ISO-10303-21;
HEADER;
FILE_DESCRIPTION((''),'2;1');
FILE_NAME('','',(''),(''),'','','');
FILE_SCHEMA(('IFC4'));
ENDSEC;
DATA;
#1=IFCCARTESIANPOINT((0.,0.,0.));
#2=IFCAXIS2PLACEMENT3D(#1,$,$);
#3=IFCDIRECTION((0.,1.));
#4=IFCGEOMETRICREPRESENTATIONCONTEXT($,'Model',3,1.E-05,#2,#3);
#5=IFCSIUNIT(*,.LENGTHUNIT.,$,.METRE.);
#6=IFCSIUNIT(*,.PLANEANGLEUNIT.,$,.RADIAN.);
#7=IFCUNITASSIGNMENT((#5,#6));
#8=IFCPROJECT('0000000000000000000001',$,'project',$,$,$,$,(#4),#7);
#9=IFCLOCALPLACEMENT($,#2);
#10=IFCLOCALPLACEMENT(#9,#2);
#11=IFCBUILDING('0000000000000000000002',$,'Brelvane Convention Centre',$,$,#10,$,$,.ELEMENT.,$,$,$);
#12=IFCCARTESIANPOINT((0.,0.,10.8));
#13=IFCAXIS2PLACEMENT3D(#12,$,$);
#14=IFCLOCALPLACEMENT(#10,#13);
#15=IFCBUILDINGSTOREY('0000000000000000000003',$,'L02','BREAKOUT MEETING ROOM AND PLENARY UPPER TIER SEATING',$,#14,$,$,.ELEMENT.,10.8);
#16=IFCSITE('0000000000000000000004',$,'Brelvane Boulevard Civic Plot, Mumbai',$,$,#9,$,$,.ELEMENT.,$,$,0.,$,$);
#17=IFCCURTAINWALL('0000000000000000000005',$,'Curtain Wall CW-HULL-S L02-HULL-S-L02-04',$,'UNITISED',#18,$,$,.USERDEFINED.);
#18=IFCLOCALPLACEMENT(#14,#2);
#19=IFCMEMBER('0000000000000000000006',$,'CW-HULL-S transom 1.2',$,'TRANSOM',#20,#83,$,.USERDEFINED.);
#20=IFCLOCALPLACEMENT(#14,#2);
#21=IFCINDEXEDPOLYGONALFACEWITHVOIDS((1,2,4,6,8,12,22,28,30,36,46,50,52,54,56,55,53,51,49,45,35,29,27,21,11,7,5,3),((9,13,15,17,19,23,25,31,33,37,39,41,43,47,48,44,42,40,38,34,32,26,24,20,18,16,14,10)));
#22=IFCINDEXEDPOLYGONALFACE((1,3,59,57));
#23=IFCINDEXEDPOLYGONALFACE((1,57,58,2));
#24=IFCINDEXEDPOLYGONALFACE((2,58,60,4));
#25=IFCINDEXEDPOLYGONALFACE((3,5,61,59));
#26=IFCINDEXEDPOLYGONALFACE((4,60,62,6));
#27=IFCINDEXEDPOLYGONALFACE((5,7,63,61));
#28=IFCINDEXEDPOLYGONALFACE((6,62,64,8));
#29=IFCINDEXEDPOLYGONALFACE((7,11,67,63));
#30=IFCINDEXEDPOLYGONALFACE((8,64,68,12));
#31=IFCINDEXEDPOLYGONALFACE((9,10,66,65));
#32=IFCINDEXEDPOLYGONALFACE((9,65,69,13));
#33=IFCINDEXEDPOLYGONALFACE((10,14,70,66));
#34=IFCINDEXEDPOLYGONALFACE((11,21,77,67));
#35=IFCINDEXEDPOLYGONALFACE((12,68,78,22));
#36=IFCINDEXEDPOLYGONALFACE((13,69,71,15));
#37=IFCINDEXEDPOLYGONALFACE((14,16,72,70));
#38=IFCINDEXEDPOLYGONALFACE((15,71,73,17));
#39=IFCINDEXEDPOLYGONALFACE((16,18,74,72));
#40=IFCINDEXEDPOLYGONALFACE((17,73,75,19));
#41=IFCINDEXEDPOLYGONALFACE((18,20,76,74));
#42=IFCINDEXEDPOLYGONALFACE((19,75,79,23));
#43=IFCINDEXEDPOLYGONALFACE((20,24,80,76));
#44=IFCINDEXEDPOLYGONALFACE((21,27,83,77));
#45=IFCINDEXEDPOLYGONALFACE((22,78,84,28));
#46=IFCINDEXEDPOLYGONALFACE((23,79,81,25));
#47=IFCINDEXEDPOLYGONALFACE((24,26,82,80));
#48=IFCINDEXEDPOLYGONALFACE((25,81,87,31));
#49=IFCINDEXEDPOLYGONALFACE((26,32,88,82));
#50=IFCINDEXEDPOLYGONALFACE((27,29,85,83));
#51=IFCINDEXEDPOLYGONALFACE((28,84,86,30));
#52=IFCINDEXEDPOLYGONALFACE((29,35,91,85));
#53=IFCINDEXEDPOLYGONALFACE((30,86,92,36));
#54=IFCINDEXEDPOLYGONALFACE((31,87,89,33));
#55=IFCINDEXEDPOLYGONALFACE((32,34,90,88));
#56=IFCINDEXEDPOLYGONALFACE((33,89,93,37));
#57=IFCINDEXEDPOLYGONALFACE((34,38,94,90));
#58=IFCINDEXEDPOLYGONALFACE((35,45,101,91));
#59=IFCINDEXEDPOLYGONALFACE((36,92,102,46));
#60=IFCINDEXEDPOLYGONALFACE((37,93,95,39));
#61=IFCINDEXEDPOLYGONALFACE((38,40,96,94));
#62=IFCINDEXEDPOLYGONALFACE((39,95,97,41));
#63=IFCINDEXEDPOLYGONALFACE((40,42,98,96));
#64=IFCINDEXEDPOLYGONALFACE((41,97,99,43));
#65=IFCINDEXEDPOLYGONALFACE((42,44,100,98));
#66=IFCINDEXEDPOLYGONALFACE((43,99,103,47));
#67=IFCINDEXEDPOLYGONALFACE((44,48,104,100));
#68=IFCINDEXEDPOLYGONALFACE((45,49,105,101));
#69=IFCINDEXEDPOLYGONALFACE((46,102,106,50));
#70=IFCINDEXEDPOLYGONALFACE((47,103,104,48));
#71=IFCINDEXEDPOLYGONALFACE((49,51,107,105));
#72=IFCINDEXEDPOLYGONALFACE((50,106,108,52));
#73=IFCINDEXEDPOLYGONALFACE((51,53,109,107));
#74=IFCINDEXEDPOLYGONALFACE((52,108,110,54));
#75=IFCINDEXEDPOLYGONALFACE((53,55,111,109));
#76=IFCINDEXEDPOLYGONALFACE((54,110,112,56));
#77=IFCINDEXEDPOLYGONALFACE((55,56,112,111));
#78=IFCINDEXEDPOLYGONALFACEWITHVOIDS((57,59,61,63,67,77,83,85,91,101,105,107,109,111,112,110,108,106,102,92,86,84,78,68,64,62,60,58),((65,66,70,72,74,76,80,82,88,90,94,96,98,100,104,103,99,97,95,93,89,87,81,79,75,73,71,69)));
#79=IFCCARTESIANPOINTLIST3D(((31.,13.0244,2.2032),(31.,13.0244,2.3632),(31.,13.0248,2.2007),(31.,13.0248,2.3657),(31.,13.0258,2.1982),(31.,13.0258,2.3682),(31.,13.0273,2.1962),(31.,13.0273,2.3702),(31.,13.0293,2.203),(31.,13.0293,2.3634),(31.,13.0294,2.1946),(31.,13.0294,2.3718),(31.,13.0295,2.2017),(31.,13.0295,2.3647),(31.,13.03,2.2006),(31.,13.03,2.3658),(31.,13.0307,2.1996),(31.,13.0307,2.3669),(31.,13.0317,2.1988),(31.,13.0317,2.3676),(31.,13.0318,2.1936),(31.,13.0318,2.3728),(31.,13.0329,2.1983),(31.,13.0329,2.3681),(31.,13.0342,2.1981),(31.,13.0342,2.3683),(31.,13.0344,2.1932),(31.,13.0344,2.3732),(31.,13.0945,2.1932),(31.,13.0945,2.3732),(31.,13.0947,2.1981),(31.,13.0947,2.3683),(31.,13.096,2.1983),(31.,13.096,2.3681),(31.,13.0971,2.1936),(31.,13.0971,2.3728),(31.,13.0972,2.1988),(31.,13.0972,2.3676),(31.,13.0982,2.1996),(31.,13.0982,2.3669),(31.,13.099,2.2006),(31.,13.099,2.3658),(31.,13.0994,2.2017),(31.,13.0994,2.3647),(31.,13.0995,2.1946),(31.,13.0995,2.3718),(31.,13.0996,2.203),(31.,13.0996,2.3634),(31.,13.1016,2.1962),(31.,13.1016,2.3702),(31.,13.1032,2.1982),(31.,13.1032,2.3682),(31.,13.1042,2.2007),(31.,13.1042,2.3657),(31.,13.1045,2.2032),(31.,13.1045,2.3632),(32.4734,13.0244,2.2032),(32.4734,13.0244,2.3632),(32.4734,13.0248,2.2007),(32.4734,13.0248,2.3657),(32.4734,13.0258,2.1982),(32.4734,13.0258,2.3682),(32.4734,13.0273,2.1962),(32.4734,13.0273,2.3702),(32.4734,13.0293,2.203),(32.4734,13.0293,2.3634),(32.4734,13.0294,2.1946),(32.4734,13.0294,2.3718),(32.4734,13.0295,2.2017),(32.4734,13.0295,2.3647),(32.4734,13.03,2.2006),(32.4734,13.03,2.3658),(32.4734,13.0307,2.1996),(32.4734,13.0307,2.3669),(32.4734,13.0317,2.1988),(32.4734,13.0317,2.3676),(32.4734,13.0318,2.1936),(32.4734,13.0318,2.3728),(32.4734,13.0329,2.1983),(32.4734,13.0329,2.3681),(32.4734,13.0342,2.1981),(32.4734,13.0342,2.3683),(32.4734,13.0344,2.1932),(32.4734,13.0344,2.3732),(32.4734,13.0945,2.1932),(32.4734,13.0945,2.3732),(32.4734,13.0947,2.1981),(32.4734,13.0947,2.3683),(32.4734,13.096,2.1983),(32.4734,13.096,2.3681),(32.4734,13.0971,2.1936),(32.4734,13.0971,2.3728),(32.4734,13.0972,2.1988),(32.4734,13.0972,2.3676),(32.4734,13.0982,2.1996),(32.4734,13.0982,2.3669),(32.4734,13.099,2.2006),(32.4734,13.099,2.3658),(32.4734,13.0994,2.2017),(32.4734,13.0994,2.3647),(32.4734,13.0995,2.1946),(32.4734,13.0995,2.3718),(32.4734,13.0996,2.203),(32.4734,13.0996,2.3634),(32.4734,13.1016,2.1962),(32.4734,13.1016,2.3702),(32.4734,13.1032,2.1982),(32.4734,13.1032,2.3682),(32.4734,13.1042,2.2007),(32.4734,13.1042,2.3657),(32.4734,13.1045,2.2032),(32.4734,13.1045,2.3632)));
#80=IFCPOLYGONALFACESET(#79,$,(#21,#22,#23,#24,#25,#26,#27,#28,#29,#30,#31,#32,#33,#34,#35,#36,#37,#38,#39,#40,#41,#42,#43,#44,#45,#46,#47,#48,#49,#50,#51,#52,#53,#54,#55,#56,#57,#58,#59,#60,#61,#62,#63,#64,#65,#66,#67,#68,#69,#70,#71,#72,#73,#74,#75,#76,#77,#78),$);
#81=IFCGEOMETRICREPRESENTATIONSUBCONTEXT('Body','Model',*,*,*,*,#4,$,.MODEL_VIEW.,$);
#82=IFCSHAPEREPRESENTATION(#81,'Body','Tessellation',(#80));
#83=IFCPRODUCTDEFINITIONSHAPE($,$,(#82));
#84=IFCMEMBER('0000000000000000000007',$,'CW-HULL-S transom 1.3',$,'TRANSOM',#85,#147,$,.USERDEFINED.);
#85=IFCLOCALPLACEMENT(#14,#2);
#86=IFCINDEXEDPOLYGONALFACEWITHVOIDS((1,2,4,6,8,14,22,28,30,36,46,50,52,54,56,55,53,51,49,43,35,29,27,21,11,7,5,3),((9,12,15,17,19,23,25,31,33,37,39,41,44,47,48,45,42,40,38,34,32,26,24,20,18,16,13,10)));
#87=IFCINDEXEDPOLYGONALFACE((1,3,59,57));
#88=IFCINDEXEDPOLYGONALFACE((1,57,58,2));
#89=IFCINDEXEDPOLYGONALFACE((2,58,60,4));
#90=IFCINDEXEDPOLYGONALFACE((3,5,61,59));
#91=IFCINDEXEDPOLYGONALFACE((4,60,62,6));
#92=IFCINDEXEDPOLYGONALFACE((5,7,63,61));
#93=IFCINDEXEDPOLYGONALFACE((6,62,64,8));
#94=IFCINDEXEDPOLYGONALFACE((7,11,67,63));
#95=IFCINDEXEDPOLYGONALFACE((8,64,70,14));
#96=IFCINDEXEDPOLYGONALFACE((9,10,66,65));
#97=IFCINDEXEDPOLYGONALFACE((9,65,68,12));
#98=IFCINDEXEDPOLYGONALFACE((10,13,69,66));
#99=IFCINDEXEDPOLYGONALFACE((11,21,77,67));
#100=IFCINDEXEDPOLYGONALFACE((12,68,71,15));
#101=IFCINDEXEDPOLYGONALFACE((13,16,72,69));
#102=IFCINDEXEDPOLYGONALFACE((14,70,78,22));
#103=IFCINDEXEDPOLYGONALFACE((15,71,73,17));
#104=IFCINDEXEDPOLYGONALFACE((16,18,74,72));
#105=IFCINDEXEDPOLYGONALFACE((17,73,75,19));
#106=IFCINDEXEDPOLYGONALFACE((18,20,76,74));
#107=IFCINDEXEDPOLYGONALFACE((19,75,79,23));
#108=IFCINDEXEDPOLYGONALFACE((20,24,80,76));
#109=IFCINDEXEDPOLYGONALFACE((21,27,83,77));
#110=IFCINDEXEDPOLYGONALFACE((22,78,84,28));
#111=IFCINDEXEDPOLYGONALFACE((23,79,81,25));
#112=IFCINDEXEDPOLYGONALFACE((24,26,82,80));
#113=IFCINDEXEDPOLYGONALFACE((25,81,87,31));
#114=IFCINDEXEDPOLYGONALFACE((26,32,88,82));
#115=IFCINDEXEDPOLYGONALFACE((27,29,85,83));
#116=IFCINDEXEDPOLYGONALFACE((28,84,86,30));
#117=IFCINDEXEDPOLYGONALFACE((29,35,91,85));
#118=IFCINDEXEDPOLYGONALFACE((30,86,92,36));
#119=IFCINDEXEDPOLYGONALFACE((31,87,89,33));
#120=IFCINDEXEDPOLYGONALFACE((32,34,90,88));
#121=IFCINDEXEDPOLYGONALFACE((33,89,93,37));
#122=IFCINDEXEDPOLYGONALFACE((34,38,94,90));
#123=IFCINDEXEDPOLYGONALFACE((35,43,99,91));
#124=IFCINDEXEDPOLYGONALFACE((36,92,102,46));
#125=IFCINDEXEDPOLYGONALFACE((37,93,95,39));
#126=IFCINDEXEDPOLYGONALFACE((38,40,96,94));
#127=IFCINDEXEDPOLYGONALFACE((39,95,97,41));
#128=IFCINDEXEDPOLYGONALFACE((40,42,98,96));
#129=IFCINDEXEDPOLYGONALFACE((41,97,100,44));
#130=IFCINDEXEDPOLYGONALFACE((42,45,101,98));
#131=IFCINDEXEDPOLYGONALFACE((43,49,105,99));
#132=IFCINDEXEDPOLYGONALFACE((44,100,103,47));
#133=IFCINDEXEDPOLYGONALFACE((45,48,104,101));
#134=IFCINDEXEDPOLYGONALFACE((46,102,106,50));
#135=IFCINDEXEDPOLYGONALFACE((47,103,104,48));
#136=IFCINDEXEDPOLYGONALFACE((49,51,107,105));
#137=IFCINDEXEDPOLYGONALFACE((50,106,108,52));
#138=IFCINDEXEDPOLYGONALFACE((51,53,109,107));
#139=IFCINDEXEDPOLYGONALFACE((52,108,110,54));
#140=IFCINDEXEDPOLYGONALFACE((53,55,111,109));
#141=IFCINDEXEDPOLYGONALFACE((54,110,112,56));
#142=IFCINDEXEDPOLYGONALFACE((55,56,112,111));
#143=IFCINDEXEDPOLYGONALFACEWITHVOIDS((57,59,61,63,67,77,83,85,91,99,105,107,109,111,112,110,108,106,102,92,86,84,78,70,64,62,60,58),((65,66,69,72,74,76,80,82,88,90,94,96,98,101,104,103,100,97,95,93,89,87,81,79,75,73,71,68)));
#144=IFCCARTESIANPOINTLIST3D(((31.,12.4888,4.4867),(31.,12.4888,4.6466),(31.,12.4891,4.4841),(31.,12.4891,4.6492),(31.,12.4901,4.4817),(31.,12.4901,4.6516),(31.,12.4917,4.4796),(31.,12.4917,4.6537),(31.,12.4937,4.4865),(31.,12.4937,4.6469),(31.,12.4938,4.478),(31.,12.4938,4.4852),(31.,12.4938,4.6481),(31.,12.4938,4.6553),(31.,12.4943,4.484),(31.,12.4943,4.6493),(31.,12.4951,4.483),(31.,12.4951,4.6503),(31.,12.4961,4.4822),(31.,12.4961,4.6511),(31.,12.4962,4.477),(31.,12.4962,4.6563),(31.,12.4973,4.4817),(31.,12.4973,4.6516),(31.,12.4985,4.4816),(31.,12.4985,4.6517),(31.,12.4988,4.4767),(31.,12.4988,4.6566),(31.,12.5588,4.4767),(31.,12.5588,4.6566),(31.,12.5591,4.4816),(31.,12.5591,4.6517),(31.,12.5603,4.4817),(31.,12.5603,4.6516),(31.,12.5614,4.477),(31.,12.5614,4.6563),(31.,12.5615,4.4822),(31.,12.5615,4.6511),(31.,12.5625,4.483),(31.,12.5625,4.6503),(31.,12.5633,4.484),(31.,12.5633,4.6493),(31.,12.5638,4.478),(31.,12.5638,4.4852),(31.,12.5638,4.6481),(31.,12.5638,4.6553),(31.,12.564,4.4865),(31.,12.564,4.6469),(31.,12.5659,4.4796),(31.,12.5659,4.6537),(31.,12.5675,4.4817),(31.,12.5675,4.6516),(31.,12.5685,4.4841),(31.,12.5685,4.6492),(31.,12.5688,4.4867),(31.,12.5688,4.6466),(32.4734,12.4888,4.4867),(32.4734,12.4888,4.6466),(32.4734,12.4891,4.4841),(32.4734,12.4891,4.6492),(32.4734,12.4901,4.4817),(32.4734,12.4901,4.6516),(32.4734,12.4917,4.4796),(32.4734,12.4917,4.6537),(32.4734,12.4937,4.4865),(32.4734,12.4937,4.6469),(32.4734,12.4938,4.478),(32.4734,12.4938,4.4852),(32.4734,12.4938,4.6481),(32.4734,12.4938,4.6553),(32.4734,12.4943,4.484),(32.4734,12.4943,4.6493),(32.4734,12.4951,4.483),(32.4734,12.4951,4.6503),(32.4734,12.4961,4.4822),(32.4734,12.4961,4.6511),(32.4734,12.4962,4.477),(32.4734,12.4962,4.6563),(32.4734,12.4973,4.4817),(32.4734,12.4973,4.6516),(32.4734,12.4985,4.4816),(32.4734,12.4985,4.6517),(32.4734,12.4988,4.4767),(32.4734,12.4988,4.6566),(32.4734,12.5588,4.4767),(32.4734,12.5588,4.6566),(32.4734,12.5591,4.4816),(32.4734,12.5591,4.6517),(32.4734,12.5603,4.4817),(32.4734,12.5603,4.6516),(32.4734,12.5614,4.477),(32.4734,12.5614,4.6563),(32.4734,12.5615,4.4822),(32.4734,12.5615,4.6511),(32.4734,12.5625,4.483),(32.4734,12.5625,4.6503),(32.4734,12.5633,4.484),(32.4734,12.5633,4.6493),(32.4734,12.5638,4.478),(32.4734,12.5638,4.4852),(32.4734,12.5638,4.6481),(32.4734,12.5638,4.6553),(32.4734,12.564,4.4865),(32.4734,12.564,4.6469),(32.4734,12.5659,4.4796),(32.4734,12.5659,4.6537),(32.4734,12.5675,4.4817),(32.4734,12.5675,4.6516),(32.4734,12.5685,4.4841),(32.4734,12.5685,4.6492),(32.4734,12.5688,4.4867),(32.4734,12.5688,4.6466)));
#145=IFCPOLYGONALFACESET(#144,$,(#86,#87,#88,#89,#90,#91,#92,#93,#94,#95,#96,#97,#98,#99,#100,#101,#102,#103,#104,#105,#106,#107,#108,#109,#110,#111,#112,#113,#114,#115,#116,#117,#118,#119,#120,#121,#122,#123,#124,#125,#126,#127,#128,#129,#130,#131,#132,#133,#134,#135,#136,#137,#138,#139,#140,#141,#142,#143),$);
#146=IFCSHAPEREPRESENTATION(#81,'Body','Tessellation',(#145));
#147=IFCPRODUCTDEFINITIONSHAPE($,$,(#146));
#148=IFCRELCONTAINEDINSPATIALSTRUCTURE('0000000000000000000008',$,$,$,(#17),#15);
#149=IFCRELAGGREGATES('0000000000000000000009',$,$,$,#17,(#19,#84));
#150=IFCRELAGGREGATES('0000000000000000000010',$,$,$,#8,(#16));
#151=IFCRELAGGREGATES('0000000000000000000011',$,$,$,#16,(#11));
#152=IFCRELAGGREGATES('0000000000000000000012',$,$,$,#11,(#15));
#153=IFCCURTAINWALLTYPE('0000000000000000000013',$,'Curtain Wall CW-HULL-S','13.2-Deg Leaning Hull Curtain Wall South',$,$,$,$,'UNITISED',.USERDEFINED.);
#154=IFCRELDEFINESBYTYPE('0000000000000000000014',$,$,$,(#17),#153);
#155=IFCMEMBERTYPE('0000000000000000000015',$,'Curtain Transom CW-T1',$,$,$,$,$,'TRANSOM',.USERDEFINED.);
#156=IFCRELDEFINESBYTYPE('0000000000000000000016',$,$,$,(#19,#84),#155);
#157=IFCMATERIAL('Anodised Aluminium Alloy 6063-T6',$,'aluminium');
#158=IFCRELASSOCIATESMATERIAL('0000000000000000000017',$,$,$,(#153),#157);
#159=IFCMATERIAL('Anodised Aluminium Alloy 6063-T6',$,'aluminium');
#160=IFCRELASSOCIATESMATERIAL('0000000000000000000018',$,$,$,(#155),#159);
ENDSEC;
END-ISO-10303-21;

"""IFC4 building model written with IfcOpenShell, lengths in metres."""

from ifc_helpers import new_model, si_unit, direction, frame, origin, origin_2d, place, context, subcontext, project, spatial, hollow_rectangle, extrude, material, material_profile, profile_set, type_object, element, aggregate, save


model = new_model("IFC4")

# Units and contexts
model_context = context("Model", 3, precision=1e-05, world=origin(), true_north=direction((0.0, 1.0)))
body_context = subcontext(model_context, "Body", "Model", "MODEL_VIEW")
ifc_project = project(units=[si_unit("LENGTHUNIT", "METRE"), si_unit("PLANEANGLEUNIT", "RADIAN")], contexts=[model_context])

# Site, building, storey
site_placement = place(None, origin())
site = spatial("IfcSite", under=ifc_project, at=site_placement, Name="Brelvane Boulevard Civic Plot, Mumbai", CompositionType="ELEMENT", RefElevation=0.0)
building_placement = place(site_placement, origin())
building = spatial("IfcBuilding", under=site, at=building_placement, Name="Brelvane Convention Centre", CompositionType="ELEMENT")
storey_placement = place(building_placement, frame((0.0, 0.0, 10.8)))
storey = spatial("IfcBuildingStorey", under=building, at=storey_placement, Name="L02", Description="BREAKOUT MEETING ROOM AND PLENARY UPPER TIER SEATING", CompositionType="ELEMENT", Elevation=10.8)

# Curtain wall, members
ifc_material_1 = material(Name="Anodised Aluminium Alloy 6063-T6", Category="aluminium")
curtain_wall_type = type_object("IfcCurtainWallType", Name="Curtain Wall CW-HULL-S", Description="13.2-Deg Leaning Hull Curtain Wall South", ElementType="UNITISED", PredefinedType="USERDEFINED", material=ifc_material_1)
curtain_wall_placement = place(storey_placement, origin())
curtain_wall = element("IfcCurtainWall", 1, at=curtain_wall_placement, inside=storey, type_object=curtain_wall_type, Name="Curtain Wall CW-HULL-S L02-HULL-S-L02-04", ObjectType="UNITISED", PredefinedType="USERDEFINED")
ifc_material_2 = material(Name="Anodised Aluminium Alloy 6063-T6", Category="aluminium")
ifc_material_profile = material_profile(ifc_material_2, hollow_rectangle(XDim=0.0801, YDim=0.1799, WallThickness=0.0049, InnerFilletRadius=0.0049, OuterFilletRadius=0.01, at=origin_2d()), Name="ALU-T 180x80x5.0")
ifc_profile_set = profile_set([ifc_material_profile], Name="Anodised Aluminium Alloy 6063-T6")
member_type = type_object("IfcMemberType", Name="Curtain Transom CW-T1", ElementType="TRANSOM", PredefinedType="USERDEFINED", material=ifc_profile_set)
member_1_placement = place(storey_placement, frame((31.0, 13.0645, 2.2832), z_axis=(1.0, 0.0, 0.0), x_axis=(0.0, 1.0, 0.0)))
member_1 = element("IfcMember", 2, at=member_1_placement, type_object=member_type, Name="CW-HULL-S transom 1.2", ObjectType="TRANSOM", PredefinedType="USERDEFINED", context=body_context, shape_type="SweptSolid", body=[
    extrude(hollow_rectangle(XDim=0.0801, YDim=0.1799, WallThickness=0.0049, InnerFilletRadius=0.0049, OuterFilletRadius=0.01, at=origin_2d()), origin(), (0.0, 0.0, 1.0), 1.4734),
])
member_2_placement = place(storey_placement, frame((31.0, 12.5288, 4.5667), z_axis=(1.0, 0.0, 0.0), x_axis=(0.0, 1.0, 0.0)))
member_2 = element("IfcMember", 3, at=member_2_placement, type_object=member_type, Name="CW-HULL-S transom 1.3", ObjectType="TRANSOM", PredefinedType="USERDEFINED", context=body_context, shape_type="SweptSolid", body=[
    extrude(hollow_rectangle(XDim=0.0801, YDim=0.1799, WallThickness=0.0049, InnerFilletRadius=0.0049, OuterFilletRadius=0.01, at=origin_2d()), origin(), (0.0, 0.0, 1.0), 1.4734),
])
aggregate(curtain_wall, [member_1, member_2])

save(model, "model.ifc")
